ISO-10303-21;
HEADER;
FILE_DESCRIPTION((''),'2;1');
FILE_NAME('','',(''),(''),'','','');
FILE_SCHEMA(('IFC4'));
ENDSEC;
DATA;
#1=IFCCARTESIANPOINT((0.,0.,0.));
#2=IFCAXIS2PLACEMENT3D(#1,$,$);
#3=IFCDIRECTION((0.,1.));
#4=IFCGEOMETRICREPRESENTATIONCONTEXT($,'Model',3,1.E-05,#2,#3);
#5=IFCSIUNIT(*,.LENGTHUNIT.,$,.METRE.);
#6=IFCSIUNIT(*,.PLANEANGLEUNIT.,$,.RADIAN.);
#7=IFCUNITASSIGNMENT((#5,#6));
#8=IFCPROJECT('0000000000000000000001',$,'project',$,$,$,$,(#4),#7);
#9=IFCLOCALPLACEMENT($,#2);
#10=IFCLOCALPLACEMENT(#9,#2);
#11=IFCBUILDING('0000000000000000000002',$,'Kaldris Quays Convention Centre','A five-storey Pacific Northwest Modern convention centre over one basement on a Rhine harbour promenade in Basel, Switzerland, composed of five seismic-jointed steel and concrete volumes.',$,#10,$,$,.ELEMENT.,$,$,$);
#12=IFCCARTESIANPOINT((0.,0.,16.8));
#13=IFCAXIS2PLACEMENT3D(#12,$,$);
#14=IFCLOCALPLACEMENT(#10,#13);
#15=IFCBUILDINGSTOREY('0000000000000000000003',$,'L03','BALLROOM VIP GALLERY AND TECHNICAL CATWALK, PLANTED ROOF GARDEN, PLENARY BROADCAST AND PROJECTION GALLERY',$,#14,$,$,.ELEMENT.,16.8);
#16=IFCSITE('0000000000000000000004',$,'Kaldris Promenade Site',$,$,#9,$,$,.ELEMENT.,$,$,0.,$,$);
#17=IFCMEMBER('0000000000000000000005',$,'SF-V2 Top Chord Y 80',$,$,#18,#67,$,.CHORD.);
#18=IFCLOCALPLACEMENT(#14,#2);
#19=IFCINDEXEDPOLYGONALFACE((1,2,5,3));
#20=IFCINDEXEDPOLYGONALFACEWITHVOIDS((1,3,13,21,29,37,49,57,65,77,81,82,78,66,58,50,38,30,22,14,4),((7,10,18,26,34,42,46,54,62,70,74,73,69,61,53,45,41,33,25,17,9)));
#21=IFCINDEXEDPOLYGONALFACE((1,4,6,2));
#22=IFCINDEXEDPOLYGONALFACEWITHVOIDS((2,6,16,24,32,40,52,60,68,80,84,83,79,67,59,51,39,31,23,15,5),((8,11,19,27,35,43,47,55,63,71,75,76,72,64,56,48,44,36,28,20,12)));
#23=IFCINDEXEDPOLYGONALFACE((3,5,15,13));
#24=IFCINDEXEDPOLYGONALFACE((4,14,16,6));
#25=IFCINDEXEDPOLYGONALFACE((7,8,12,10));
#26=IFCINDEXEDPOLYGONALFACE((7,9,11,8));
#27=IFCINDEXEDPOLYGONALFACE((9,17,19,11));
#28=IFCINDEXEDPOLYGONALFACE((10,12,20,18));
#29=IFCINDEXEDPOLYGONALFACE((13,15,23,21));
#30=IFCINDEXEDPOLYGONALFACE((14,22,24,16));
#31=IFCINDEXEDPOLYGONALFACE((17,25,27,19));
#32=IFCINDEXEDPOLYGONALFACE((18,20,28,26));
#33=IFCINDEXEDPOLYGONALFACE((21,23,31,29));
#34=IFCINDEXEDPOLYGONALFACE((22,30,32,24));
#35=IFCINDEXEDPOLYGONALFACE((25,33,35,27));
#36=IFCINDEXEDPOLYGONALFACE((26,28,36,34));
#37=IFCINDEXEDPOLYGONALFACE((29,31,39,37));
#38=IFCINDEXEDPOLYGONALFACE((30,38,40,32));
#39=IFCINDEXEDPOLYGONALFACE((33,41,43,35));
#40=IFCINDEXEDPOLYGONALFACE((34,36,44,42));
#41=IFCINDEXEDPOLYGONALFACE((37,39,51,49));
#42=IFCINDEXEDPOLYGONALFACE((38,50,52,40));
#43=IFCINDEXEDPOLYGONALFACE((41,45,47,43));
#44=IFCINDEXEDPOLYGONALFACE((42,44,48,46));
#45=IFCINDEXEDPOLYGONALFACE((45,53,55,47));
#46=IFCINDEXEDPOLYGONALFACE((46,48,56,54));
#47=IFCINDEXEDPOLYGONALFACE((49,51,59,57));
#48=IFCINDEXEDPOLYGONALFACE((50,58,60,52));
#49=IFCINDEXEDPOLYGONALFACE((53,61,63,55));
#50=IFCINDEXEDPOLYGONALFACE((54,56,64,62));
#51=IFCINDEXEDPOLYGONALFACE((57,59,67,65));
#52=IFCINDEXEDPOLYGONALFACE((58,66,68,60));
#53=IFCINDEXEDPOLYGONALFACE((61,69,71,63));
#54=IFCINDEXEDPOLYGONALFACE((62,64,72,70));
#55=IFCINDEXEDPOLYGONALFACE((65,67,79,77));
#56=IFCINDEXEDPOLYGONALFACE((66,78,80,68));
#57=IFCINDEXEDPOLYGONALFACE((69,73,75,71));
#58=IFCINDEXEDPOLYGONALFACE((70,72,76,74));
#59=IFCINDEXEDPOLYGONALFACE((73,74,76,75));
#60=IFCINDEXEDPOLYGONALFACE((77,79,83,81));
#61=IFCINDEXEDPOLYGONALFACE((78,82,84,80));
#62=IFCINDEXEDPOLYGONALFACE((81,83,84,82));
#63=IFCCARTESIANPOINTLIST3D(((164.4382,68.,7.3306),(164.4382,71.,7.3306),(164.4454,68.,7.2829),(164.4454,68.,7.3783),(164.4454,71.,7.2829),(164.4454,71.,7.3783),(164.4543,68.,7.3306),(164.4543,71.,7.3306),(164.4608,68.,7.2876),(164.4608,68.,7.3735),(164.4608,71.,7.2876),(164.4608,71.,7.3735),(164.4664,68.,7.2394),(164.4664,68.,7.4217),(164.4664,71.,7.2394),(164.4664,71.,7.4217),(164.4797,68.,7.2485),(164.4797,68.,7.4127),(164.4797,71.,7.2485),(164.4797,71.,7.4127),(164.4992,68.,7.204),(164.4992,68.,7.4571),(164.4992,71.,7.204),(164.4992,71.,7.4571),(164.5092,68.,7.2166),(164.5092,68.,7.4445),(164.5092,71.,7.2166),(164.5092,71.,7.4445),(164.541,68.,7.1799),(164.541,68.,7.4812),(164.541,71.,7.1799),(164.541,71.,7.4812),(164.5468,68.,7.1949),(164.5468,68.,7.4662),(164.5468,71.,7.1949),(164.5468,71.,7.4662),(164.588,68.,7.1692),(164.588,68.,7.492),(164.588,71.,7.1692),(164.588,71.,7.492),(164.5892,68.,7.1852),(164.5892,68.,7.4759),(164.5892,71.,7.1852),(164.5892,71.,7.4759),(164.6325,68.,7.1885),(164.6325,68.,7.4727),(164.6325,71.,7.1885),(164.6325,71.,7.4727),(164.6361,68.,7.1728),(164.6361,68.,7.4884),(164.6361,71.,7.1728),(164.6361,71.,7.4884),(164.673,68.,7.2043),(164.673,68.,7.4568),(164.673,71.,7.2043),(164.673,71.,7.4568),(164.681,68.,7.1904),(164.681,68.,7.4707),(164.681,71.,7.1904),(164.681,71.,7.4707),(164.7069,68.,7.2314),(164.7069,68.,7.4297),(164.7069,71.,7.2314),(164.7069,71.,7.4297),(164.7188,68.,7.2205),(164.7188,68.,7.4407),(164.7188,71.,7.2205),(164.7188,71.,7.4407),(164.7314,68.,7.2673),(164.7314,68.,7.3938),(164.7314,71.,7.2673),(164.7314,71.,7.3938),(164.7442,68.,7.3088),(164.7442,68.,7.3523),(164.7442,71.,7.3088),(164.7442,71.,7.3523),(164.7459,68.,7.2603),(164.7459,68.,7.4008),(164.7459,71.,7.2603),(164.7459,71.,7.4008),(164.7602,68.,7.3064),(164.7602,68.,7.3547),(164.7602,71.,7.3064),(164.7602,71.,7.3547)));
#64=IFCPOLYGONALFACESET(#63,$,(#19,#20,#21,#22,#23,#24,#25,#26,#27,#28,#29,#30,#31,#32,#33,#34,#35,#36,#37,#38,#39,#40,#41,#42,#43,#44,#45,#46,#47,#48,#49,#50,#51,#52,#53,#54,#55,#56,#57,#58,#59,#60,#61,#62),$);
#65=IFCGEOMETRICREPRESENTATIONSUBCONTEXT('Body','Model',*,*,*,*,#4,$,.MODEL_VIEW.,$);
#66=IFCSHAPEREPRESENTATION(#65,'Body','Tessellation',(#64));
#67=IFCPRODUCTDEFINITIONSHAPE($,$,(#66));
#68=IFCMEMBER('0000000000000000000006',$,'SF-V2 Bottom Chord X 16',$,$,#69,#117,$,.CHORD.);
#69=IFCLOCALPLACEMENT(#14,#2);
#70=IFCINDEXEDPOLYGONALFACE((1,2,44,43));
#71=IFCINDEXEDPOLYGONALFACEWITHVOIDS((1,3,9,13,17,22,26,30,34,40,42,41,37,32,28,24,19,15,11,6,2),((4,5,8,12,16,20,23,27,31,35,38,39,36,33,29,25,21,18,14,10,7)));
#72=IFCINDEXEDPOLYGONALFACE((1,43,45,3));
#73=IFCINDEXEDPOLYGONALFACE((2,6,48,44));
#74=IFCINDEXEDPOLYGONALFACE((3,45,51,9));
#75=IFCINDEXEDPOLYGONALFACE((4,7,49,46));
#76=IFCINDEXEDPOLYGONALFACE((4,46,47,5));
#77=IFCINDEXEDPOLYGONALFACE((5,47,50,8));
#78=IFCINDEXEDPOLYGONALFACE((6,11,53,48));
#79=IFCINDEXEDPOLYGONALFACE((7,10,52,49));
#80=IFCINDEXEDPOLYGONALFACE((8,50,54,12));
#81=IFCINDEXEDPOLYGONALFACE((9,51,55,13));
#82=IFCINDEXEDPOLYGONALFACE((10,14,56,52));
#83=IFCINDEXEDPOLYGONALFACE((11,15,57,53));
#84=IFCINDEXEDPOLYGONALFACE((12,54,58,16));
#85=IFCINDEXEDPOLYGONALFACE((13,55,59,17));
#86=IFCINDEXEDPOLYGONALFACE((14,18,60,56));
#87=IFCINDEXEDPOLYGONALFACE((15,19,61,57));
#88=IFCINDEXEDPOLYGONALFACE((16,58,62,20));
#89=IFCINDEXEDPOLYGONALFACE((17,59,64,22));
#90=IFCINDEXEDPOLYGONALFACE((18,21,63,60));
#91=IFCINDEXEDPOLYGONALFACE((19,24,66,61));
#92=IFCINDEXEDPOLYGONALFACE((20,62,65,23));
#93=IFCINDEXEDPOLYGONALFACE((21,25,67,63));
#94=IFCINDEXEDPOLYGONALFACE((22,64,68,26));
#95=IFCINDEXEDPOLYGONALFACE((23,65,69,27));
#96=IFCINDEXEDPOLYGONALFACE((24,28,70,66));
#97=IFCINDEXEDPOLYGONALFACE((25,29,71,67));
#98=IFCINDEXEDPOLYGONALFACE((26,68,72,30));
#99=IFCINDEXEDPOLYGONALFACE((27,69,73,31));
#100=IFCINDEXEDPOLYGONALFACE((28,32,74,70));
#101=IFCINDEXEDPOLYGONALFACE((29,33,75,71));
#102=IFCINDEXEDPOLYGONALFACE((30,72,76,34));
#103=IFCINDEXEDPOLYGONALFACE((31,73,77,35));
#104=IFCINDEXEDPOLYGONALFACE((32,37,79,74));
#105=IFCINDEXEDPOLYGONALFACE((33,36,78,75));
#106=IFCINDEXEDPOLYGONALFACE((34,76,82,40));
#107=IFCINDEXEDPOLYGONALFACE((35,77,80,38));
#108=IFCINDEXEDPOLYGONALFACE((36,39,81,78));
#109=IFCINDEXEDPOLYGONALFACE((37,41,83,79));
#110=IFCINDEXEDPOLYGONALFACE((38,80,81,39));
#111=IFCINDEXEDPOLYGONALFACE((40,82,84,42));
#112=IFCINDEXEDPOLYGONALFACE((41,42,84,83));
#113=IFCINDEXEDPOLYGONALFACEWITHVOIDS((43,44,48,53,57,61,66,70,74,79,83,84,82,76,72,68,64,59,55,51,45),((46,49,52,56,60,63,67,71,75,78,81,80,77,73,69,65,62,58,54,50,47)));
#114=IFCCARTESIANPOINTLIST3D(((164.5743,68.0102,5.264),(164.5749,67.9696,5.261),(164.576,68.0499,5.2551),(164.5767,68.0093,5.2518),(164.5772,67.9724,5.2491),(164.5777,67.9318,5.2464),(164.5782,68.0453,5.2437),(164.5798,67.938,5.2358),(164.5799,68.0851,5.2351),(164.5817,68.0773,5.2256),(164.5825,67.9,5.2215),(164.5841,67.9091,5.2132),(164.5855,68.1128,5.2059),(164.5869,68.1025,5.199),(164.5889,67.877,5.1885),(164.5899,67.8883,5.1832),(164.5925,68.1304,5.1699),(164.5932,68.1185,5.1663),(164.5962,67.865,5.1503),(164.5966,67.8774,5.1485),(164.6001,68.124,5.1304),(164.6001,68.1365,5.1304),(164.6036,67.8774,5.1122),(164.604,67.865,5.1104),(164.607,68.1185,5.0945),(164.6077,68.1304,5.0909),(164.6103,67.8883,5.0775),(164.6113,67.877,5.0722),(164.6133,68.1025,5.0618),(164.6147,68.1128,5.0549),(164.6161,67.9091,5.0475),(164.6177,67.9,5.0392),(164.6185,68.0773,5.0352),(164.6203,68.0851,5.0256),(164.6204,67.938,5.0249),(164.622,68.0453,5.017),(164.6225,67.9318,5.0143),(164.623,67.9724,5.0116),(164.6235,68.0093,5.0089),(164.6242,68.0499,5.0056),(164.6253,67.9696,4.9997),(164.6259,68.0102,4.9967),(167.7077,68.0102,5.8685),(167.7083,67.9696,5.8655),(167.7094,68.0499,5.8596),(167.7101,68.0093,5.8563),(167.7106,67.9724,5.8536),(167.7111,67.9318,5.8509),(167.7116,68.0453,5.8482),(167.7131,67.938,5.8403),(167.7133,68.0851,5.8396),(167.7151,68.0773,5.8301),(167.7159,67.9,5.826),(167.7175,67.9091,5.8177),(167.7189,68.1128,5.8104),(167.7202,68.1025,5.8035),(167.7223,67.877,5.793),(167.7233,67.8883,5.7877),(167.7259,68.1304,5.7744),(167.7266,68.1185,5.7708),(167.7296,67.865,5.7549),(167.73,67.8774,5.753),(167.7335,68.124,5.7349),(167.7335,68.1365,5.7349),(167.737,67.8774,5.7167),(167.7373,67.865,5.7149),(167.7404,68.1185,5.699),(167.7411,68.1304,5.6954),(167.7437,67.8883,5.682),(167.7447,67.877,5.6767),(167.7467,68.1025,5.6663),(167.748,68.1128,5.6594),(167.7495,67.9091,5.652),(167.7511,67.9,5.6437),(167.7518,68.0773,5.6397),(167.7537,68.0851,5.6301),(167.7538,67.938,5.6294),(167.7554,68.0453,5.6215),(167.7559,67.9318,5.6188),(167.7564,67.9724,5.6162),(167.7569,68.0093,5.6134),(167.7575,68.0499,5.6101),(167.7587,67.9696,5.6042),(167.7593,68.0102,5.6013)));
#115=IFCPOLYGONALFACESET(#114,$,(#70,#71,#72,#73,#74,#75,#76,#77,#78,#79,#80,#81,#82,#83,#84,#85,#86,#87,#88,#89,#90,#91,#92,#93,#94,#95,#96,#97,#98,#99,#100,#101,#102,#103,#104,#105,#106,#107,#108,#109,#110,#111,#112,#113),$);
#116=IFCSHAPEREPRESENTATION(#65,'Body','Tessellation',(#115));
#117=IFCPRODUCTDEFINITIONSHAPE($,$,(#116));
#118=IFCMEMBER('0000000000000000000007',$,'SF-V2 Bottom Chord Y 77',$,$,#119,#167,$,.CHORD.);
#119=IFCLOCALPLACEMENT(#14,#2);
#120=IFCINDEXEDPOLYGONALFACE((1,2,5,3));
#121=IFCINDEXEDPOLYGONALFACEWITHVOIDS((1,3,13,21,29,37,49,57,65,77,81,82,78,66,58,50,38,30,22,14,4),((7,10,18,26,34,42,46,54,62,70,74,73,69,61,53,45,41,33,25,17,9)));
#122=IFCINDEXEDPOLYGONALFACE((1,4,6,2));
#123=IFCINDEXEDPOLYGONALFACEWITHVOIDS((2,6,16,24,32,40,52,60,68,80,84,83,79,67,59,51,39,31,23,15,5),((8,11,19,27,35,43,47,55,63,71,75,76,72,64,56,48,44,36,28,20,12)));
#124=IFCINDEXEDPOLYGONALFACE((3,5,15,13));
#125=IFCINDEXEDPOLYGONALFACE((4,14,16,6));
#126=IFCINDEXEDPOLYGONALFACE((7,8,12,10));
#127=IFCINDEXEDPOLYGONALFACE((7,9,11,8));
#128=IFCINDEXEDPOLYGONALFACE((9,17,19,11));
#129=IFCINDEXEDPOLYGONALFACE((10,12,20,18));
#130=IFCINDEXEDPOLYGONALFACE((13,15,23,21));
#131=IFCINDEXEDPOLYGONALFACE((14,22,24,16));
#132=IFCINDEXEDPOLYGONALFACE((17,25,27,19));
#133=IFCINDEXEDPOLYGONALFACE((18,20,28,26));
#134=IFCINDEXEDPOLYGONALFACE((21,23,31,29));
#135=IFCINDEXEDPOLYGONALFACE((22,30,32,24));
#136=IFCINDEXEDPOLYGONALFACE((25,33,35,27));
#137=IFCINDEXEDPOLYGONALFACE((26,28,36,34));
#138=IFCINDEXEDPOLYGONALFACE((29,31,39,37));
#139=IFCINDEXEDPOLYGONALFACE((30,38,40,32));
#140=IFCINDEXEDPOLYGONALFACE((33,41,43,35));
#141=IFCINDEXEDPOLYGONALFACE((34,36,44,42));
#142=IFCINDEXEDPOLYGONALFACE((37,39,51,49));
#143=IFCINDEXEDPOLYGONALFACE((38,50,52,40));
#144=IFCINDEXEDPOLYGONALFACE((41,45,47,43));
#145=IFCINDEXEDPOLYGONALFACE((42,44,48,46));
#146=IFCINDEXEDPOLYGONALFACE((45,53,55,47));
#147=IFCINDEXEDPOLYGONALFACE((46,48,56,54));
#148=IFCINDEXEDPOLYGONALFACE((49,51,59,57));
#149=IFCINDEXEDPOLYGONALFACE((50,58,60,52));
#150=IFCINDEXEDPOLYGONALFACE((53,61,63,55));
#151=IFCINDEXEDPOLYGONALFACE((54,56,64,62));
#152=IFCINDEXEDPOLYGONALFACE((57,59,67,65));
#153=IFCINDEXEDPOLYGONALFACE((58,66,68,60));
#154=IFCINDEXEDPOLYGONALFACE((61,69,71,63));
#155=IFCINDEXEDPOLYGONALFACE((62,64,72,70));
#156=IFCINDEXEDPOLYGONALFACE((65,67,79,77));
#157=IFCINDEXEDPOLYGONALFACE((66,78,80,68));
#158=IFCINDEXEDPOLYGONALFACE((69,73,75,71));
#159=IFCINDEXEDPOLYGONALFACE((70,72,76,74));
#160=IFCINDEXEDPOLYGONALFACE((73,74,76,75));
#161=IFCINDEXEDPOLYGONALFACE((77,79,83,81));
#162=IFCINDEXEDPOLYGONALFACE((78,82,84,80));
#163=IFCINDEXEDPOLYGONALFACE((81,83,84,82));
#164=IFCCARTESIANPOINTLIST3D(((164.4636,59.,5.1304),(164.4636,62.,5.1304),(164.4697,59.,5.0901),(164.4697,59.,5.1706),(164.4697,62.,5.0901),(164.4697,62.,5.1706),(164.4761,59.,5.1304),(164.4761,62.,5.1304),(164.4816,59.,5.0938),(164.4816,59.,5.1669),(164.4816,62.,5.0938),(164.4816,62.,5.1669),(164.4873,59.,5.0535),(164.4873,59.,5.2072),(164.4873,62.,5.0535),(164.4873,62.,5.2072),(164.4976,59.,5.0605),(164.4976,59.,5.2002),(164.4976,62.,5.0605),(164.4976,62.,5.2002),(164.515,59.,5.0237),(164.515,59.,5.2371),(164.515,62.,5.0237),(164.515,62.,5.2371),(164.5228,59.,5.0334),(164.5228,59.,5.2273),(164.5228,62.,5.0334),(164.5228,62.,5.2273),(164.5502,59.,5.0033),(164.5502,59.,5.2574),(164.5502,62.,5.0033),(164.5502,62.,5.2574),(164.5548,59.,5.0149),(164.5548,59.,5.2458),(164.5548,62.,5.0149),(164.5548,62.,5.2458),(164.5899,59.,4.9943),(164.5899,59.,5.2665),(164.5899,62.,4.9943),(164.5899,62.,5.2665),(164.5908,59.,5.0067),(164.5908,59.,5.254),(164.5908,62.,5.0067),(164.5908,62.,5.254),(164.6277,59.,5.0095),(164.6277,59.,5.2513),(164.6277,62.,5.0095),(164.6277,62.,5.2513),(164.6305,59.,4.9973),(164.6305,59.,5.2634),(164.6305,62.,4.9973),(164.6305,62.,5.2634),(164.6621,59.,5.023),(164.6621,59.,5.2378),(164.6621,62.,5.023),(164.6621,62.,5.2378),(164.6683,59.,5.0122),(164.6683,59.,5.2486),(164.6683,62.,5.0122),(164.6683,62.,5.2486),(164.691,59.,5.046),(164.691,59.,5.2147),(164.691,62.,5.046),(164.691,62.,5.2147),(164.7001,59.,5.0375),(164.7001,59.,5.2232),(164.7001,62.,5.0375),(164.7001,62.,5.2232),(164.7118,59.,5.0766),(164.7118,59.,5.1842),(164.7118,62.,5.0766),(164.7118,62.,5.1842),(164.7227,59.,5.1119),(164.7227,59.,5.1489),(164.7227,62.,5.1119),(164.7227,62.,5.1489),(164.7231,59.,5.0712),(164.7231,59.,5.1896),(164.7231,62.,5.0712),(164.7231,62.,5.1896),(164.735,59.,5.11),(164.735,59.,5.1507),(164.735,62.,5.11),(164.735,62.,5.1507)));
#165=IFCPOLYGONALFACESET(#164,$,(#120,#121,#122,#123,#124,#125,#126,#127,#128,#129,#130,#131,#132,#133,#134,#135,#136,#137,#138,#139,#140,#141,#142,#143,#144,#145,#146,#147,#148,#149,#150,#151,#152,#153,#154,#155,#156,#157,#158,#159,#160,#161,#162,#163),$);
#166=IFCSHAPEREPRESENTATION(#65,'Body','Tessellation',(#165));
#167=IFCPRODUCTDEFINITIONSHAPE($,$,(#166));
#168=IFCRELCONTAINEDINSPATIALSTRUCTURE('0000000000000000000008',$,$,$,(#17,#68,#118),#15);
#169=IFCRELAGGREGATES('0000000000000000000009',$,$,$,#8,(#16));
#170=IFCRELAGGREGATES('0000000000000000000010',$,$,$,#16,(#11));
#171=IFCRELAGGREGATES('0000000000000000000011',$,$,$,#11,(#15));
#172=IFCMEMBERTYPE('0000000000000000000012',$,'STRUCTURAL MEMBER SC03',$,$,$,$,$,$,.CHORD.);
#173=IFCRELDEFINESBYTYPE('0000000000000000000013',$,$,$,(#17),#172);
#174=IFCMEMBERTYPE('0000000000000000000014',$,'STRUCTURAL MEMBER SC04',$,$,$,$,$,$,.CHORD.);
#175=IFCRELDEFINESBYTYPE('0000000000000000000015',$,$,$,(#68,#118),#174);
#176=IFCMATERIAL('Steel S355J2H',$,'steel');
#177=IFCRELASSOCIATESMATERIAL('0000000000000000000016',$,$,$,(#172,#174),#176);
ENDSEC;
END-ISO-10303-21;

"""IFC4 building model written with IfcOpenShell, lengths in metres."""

from ifc_helpers import new_model, si_unit, direction, frame, origin, origin_2d, place, context, subcontext, project, spatial, hollow_circle, extrude, material, material_profile, profile_set, type_object, element, save


model = new_model("IFC4")

# Units and contexts
model_context = context("Model", 3, precision=1e-05, world=origin(), true_north=direction((0.0, 1.0)))
body_context = subcontext(model_context, "Body", "Model", "MODEL_VIEW")
ifc_project = project(units=[si_unit("LENGTHUNIT", "METRE"), si_unit("PLANEANGLEUNIT", "RADIAN")], contexts=[model_context])

# Site, building, storey
site_placement = place(None, origin())
site = spatial("IfcSite", under=ifc_project, at=site_placement, Name="Kaldris Promenade Site", CompositionType="ELEMENT", RefElevation=0.0)
building_placement = place(site_placement, origin())
building = spatial("IfcBuilding", under=site, at=building_placement, Name="Kaldris Quays Convention Centre", Description="A five-storey Pacific Northwest Modern convention centre over one basement on a Rhine harbour promenade in Basel, Switzerland, composed of five seismic-jointed steel and concrete volumes.", CompositionType="ELEMENT")
storey_placement = place(building_placement, frame((0.0, 0.0, 16.8)))
storey = spatial("IfcBuildingStorey", under=building, at=storey_placement, Name="L03", Description="BALLROOM VIP GALLERY AND TECHNICAL CATWALK, PLANTED ROOF GARDEN, PLENARY BROADCAST AND PROJECTION GALLERY", CompositionType="ELEMENT", Elevation=16.8)

# Members
ifc_material_1 = material(Name="Steel S355J2H", Category="steel")
ifc_material_profile_1 = material_profile(ifc_material_1, hollow_circle(Radius=0.1619, WallThickness=0.0161, at=origin_2d()), Name="CHS 323.9x16")
ifc_profile_set_1 = profile_set([ifc_material_profile_1], Name="Steel S355J2H")
member_type_1 = type_object("IfcMemberType", Name="STRUCTURAL MEMBER SC03", PredefinedType="CHORD", material=ifc_profile_set_1)
for number, where, z_axis, x_axis, name in (
    (1, (164.6001, 68.0, 7.3306), (0.0, 1.0, 0.0), (-1.0, 0.0, 0.0), "SF-V2 Top Chord Y 80"),
):
    element("IfcMember", number, at=place(storey_placement, frame(where, z_axis=z_axis, x_axis=x_axis)), inside=storey, type_object=member_type_1, Name=name, PredefinedType="CHORD", context=body_context, shape_type="SweptSolid", body=[
        extrude(hollow_circle(Radius=0.1619, WallThickness=0.0161, at=origin_2d()), origin(), (0.0, 0.0, 1.0), 3.0),
    ])
ifc_material_profile_2 = material_profile(ifc_material_1, hollow_circle(Radius=0.1365, WallThickness=0.0125, at=origin_2d()), Name="CHS 273x12.5")
ifc_profile_set_2 = profile_set([ifc_material_profile_2], Name="Steel S355J2H")
member_type_2 = type_object("IfcMemberType", Name="STRUCTURAL MEMBER SC04", PredefinedType="CHORD", material=ifc_profile_set_2)
member_1_placement = place(storey_placement, frame((164.6001, 68.0, 5.1304), z_axis=(0.981894, 0.0, 0.189432), x_axis=(0.0, 1.0, 0.0)))
element("IfcMember", 2, at=member_1_placement, inside=storey, type_object=member_type_2, Name="SF-V2 Bottom Chord X 16", PredefinedType="CHORD", context=body_context, shape_type="SweptSolid", body=[
    extrude(hollow_circle(Radius=0.1365, WallThickness=0.0125, at=origin_2d()), origin(), (0.0, 0.0, 1.0), 3.1912),
])
for number, where, z_axis, x_axis, name in (
    (3, (164.6001, 59.0, 5.1304), (0.0, 1.0, 0.0), (-1.0, 0.0, 0.0), "SF-V2 Bottom Chord Y 77"),
):
    element("IfcMember", number, at=place(storey_placement, frame(where, z_axis=z_axis, x_axis=x_axis)), inside=storey, type_object=member_type_2, Name=name, PredefinedType="CHORD", context=body_context, shape_type="SweptSolid", body=[
        extrude(hollow_circle(Radius=0.1365, WallThickness=0.0125, at=origin_2d()), origin(), (0.0, 0.0, 1.0), 3.0),
    ])

save(model, "model.ifc")
